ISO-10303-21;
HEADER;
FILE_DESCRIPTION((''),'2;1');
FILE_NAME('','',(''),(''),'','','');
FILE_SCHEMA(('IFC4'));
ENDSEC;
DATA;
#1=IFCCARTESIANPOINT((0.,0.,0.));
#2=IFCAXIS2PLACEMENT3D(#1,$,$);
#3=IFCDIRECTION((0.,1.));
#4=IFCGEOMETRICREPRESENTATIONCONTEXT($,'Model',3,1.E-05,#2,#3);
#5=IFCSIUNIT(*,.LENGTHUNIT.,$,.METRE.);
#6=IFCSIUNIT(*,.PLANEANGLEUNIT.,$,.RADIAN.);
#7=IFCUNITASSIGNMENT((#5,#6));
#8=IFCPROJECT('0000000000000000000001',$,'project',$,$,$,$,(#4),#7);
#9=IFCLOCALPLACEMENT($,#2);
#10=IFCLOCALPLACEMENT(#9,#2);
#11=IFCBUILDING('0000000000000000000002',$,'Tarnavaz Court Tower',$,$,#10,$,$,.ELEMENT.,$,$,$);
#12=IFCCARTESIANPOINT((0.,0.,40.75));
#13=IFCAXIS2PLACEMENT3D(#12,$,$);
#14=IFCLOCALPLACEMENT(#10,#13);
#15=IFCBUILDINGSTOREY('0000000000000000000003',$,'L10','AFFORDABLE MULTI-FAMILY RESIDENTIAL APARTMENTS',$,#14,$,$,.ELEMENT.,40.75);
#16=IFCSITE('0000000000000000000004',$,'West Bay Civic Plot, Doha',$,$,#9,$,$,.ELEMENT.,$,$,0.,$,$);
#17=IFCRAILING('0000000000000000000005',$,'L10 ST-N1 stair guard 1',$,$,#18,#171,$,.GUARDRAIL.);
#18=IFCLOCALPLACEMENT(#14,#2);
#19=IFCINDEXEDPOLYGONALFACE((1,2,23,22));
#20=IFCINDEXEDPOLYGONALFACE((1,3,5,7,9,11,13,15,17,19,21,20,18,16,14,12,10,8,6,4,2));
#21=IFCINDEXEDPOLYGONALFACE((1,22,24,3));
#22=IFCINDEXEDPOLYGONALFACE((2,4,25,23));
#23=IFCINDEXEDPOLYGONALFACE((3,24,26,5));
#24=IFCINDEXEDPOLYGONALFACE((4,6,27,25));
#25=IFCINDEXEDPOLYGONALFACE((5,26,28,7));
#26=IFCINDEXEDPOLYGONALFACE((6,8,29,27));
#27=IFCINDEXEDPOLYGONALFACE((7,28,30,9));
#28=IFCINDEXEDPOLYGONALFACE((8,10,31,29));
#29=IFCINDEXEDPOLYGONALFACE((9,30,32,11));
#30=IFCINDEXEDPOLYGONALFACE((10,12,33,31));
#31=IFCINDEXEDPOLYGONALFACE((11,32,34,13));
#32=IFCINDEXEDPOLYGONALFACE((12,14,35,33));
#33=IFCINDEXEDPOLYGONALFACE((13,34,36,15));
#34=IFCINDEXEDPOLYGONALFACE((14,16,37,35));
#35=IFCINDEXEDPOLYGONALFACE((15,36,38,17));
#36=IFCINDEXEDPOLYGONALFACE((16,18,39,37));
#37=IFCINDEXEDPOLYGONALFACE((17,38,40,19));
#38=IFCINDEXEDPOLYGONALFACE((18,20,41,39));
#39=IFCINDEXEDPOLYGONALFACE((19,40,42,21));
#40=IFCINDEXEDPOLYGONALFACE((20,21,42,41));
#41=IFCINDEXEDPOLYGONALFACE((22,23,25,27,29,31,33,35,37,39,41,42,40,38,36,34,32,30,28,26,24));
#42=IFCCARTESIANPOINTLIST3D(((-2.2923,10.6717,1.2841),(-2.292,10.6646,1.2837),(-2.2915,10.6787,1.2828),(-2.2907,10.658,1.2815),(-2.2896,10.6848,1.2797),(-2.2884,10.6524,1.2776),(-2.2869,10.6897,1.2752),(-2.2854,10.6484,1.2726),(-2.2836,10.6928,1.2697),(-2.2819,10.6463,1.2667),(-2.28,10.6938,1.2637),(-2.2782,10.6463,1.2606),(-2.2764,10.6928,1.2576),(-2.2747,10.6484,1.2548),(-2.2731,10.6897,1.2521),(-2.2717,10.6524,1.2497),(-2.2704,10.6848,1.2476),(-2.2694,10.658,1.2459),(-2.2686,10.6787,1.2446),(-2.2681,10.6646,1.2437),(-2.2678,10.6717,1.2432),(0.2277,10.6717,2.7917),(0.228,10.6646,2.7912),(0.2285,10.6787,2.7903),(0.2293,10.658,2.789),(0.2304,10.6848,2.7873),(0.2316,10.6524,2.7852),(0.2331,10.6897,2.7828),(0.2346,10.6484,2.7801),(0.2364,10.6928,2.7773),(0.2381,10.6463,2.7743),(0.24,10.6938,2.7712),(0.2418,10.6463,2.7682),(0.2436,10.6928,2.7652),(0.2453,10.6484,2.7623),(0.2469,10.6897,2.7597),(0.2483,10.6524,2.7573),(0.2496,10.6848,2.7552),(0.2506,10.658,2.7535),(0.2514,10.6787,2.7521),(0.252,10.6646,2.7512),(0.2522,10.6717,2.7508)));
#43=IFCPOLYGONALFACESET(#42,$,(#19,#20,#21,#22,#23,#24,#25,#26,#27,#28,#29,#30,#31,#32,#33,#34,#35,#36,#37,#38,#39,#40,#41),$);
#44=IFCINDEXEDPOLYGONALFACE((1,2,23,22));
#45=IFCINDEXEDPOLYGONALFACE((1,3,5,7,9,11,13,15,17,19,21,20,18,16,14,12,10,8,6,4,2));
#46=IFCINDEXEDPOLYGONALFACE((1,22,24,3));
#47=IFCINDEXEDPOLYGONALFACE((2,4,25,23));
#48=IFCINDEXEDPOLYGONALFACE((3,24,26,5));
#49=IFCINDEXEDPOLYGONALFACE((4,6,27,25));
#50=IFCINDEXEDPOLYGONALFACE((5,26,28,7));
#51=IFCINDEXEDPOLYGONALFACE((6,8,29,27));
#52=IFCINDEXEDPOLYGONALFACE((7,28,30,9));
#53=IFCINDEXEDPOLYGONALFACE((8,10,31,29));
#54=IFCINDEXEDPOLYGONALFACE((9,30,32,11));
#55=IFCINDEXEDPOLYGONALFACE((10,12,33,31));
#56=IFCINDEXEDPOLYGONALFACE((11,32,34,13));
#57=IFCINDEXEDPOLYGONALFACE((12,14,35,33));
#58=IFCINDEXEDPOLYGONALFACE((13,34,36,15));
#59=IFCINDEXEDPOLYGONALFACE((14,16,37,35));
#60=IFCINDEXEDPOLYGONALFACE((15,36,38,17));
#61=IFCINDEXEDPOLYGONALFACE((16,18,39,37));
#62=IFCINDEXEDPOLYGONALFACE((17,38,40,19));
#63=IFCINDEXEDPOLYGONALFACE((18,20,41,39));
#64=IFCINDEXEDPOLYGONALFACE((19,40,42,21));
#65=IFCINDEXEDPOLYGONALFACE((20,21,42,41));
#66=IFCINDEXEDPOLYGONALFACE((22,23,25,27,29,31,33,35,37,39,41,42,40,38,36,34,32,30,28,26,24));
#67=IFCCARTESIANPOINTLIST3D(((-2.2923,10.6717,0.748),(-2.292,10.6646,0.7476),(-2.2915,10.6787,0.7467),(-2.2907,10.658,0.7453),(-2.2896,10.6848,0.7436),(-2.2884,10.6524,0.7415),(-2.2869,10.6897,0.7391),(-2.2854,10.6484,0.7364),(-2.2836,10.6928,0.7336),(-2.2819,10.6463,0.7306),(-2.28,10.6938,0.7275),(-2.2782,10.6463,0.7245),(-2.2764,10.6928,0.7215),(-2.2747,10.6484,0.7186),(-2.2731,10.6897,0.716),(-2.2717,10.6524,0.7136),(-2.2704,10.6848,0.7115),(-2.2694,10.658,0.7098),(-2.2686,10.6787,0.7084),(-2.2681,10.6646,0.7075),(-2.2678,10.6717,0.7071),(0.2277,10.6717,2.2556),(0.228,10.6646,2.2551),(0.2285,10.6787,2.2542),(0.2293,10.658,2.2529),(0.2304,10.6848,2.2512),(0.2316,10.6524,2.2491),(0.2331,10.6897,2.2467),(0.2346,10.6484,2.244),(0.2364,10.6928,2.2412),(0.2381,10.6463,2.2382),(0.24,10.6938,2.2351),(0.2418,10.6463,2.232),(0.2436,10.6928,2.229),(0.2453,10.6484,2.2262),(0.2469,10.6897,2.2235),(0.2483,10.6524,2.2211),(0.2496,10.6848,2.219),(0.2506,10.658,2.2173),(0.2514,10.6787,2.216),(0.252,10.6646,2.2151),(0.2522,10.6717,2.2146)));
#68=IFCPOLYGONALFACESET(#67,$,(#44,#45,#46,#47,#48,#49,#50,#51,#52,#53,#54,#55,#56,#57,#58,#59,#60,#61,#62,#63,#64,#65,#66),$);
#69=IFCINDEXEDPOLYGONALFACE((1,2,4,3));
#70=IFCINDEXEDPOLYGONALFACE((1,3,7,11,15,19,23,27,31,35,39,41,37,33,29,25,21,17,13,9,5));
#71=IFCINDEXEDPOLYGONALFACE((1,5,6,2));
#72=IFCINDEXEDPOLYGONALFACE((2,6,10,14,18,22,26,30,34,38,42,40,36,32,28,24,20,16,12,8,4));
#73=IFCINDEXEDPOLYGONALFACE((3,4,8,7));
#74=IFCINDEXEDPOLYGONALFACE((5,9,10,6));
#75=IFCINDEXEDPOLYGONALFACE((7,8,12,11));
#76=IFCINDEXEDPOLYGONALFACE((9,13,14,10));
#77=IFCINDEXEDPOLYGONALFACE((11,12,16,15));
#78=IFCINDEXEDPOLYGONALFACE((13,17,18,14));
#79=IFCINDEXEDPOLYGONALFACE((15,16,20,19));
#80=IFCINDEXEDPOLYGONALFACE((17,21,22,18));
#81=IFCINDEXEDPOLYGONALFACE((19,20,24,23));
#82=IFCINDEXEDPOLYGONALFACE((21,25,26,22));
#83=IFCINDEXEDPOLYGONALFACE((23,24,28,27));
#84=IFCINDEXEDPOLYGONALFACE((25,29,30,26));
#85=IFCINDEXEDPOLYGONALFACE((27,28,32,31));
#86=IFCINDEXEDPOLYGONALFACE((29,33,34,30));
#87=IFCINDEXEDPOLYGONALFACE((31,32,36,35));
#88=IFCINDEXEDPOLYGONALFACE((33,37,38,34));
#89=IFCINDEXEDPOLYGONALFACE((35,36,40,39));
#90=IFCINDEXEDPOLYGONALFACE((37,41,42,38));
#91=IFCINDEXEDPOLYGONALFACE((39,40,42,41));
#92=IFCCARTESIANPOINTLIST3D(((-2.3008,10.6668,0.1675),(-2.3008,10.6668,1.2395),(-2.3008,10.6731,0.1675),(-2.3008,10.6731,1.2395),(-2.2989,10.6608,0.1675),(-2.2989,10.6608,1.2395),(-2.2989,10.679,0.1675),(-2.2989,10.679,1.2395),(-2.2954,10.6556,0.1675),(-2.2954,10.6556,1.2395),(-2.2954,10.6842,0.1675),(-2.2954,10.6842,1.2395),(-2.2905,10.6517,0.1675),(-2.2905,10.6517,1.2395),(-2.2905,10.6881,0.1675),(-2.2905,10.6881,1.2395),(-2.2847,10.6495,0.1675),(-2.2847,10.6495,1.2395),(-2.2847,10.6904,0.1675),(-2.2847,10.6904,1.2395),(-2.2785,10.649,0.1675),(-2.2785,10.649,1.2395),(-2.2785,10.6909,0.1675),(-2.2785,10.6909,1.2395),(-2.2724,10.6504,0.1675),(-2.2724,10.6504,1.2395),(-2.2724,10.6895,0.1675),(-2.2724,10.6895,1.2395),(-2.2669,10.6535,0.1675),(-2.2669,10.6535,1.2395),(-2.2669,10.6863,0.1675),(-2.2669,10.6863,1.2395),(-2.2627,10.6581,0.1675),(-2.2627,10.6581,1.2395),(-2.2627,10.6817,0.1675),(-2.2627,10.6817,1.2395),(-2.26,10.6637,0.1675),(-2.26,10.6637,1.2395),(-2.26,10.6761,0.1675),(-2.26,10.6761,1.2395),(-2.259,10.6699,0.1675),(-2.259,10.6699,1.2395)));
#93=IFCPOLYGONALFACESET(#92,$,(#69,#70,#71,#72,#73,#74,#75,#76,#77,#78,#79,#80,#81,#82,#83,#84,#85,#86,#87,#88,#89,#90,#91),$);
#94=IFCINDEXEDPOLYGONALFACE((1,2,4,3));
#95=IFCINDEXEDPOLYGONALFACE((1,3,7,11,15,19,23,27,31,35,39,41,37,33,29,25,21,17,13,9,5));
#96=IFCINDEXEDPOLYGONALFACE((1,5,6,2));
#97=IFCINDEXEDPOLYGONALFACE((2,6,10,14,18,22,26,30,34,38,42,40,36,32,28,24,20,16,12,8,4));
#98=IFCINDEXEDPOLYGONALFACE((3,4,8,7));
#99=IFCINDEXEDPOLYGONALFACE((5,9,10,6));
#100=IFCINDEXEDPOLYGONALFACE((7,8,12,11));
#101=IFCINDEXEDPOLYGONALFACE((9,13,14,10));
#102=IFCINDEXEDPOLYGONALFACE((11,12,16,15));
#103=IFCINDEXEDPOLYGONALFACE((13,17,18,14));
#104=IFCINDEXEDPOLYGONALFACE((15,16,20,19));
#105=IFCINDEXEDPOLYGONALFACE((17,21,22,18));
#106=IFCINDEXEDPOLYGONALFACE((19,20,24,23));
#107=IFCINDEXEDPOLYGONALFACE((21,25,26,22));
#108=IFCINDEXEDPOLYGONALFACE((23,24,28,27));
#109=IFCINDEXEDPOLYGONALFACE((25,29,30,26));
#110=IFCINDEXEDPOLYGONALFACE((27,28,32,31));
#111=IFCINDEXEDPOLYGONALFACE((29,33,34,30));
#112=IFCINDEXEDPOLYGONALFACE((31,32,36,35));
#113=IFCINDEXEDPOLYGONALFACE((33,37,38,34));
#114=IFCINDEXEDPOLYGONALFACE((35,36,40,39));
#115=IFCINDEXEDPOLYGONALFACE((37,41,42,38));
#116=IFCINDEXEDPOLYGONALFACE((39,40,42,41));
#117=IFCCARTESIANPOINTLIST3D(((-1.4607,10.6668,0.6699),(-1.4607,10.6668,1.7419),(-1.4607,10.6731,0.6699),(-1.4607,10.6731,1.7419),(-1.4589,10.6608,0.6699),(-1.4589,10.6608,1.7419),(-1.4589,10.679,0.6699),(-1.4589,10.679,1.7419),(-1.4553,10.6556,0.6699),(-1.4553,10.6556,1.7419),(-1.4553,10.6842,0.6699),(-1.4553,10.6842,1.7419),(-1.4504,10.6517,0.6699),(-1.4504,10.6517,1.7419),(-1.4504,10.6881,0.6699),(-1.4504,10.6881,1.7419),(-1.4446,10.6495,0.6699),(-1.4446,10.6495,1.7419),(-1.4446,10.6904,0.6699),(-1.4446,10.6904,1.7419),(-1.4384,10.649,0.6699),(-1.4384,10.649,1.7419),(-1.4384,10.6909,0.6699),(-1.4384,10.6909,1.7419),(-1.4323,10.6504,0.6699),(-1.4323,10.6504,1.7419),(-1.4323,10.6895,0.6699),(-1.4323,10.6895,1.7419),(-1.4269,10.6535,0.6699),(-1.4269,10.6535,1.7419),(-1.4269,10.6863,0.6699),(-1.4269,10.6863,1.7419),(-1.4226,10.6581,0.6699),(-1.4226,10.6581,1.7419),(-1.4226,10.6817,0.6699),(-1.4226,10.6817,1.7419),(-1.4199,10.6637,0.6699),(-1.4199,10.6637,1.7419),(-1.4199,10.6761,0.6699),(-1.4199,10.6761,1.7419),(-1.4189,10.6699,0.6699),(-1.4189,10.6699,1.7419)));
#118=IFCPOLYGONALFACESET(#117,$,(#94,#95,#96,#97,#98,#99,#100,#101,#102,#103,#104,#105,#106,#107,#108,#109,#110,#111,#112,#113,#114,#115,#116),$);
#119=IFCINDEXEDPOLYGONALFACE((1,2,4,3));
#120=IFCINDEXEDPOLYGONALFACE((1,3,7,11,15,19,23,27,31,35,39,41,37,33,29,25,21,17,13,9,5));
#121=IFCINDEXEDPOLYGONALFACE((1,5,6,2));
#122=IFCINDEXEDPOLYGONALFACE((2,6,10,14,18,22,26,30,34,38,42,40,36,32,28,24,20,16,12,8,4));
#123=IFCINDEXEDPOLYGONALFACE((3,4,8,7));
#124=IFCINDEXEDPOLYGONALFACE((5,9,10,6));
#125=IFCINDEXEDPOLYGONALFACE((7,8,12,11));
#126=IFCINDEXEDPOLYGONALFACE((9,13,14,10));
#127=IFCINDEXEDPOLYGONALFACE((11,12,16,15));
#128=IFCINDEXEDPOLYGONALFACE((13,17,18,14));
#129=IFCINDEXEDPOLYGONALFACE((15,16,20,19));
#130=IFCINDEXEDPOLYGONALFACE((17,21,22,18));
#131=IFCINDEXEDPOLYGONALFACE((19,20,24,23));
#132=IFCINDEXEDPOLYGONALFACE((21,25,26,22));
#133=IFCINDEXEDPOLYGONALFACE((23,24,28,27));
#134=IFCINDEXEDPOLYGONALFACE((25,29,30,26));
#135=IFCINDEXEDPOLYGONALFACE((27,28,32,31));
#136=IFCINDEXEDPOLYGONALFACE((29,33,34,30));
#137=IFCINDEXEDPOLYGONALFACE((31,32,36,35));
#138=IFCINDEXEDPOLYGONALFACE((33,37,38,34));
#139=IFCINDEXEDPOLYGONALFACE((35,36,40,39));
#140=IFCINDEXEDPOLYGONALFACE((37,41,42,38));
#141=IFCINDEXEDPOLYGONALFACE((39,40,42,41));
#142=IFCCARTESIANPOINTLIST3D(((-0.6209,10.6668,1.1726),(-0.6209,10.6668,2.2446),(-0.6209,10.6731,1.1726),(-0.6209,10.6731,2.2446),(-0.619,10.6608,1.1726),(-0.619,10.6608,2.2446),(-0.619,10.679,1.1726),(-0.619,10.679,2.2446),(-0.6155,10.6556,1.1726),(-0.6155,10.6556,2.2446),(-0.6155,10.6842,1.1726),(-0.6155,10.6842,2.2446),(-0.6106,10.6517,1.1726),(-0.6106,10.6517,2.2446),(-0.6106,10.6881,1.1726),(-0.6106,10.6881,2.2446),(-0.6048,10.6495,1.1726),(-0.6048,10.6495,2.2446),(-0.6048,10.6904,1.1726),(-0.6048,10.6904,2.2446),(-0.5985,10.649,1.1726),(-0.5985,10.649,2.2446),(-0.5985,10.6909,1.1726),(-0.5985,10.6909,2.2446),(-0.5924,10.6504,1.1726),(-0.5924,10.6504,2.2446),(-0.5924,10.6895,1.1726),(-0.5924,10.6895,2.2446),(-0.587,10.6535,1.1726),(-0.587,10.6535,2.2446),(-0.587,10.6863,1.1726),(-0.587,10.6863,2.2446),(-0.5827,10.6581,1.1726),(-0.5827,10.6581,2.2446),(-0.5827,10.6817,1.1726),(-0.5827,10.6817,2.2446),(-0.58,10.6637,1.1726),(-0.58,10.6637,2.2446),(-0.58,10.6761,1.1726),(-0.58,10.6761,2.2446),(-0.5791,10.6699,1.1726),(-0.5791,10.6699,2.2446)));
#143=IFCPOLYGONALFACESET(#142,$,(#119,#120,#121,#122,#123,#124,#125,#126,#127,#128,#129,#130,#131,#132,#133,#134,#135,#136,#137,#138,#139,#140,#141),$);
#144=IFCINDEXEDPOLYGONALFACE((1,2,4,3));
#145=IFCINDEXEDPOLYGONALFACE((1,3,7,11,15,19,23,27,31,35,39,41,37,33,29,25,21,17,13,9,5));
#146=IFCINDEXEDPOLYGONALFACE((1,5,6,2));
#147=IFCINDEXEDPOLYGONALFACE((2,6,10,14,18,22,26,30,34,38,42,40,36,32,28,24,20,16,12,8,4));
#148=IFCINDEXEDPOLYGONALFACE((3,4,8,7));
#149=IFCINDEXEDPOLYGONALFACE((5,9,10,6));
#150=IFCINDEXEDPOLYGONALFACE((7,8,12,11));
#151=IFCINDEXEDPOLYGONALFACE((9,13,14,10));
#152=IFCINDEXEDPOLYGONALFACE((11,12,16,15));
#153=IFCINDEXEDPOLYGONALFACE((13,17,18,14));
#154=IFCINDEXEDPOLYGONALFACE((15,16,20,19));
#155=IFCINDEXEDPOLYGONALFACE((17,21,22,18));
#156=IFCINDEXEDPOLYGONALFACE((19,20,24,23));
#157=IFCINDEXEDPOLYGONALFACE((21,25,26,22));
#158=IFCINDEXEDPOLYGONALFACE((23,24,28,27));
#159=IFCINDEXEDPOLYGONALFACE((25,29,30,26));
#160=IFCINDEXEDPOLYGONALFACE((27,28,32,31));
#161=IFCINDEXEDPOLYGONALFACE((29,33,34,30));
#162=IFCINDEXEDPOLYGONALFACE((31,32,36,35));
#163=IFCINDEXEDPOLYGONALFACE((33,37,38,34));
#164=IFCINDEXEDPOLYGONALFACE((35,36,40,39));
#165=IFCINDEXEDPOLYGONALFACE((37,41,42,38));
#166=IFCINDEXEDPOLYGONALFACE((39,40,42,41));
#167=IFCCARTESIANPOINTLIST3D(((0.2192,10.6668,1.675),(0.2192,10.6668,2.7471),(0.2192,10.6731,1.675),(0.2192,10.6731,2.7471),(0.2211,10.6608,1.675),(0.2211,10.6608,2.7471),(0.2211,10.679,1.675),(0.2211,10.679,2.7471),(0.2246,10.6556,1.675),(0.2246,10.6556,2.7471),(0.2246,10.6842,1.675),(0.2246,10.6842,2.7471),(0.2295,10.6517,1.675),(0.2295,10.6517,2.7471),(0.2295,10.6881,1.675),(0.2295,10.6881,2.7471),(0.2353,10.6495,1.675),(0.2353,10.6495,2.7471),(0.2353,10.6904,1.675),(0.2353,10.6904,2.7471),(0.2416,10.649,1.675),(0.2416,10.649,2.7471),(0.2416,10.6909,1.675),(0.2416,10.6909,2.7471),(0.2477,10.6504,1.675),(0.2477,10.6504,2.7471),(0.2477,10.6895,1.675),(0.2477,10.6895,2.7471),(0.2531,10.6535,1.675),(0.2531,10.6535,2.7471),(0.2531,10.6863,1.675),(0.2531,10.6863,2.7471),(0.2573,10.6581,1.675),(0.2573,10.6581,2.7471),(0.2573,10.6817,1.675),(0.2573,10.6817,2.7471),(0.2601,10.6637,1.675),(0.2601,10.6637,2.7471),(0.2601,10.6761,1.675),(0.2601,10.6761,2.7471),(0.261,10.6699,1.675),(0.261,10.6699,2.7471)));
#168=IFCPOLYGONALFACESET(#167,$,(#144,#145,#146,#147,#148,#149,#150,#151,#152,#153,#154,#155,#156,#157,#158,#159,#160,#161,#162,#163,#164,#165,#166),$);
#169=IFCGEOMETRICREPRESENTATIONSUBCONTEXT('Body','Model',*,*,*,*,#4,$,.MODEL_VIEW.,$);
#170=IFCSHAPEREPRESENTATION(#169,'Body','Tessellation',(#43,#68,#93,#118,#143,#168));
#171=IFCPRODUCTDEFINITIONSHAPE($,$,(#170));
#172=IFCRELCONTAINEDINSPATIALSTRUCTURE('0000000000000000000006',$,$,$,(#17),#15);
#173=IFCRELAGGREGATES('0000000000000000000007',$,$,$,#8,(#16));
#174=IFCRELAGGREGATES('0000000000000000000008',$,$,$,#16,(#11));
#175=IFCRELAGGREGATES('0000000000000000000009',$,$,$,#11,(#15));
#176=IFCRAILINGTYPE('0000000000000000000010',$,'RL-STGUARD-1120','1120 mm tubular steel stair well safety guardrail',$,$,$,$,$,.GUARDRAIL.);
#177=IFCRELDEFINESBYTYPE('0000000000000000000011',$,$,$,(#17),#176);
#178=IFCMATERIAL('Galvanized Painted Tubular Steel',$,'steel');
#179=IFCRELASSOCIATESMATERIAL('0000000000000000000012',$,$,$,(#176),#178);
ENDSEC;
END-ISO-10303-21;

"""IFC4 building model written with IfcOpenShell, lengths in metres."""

from ifc_helpers import new_model, si_unit, direction, frame, origin, origin_2d, place, context, subcontext, project, spatial, circle, extrude, material, type_object, element, save


model = new_model("IFC4")

# Units and contexts
model_context = context("Model", 3, precision=1e-05, world=origin(), true_north=direction((0.0, 1.0)))
body_context = subcontext(model_context, "Body", "Model", "MODEL_VIEW")
ifc_project = project(units=[si_unit("LENGTHUNIT", "METRE"), si_unit("PLANEANGLEUNIT", "RADIAN")], contexts=[model_context])

# Site, building, storey
site_placement = place(None, origin())
site = spatial("IfcSite", under=ifc_project, at=site_placement, Name="West Bay Civic Plot, Doha", CompositionType="ELEMENT", RefElevation=0.0)
building_placement = place(site_placement, origin())
building = spatial("IfcBuilding", under=site, at=building_placement, Name="Tarnavaz Court Tower", CompositionType="ELEMENT")
storey_placement = place(building_placement, frame((0.0, 0.0, 40.75)))
storey = spatial("IfcBuildingStorey", under=building, at=storey_placement, Name="L10", Description="AFFORDABLE MULTI-FAMILY RESIDENTIAL APARTMENTS", CompositionType="ELEMENT", Elevation=40.75)

# Railing
ifc_material_1 = material(Name="Galvanized Painted Tubular Steel", Category="steel")
railing_type_1 = type_object("IfcRailingType", Name="RL-STGUARD-1120", Description="1120 mm tubular steel stair well safety guardrail", PredefinedType="GUARDRAIL", material=ifc_material_1)
railing_1_placement = place(storey_placement, frame((-2.28, 10.6699, 0.1675)))
element("IfcRailing", 1, at=railing_1_placement, inside=storey, type_object=railing_type_1, Name="L10 ST-N1 stair guard 1", PredefinedType="GUARDRAIL", context=body_context, shape_type="SweptSolid", body=[
    extrude(circle(Radius=0.0239, at=origin_2d()), frame((0.0, 0.0, 1.0962), z_axis=(0.85816, 0.0, 0.513383), x_axis=(0.0, 1.0, 0.0)), (0.0, 0.0, 1.0), 2.9365),
    extrude(circle(Radius=0.0239, at=origin_2d()), frame((0.0, 0.0, 0.5601), z_axis=(0.85816, 0.0, 0.513383), x_axis=(0.0, 1.0, 0.0)), (0.0, 0.0, 1.0), 2.9365),
    extrude(circle(Radius=0.021, at=origin_2d()), origin(), (0.0, 0.0, 1.0), 1.072),
    extrude(circle(Radius=0.021, at=origin_2d()), frame((0.8401, 0.0, 0.5024)), (0.0, 0.0, 1.0), 1.072),
    extrude(circle(Radius=0.021, at=origin_2d()), frame((1.6799, 0.0, 1.0051)), (0.0, 0.0, 1.0), 1.072),
    extrude(circle(Radius=0.021, at=origin_2d()), frame((2.52, 0.0, 1.5076)), (0.0, 0.0, 1.0), 1.072),
])

save(model, "model.ifc")
